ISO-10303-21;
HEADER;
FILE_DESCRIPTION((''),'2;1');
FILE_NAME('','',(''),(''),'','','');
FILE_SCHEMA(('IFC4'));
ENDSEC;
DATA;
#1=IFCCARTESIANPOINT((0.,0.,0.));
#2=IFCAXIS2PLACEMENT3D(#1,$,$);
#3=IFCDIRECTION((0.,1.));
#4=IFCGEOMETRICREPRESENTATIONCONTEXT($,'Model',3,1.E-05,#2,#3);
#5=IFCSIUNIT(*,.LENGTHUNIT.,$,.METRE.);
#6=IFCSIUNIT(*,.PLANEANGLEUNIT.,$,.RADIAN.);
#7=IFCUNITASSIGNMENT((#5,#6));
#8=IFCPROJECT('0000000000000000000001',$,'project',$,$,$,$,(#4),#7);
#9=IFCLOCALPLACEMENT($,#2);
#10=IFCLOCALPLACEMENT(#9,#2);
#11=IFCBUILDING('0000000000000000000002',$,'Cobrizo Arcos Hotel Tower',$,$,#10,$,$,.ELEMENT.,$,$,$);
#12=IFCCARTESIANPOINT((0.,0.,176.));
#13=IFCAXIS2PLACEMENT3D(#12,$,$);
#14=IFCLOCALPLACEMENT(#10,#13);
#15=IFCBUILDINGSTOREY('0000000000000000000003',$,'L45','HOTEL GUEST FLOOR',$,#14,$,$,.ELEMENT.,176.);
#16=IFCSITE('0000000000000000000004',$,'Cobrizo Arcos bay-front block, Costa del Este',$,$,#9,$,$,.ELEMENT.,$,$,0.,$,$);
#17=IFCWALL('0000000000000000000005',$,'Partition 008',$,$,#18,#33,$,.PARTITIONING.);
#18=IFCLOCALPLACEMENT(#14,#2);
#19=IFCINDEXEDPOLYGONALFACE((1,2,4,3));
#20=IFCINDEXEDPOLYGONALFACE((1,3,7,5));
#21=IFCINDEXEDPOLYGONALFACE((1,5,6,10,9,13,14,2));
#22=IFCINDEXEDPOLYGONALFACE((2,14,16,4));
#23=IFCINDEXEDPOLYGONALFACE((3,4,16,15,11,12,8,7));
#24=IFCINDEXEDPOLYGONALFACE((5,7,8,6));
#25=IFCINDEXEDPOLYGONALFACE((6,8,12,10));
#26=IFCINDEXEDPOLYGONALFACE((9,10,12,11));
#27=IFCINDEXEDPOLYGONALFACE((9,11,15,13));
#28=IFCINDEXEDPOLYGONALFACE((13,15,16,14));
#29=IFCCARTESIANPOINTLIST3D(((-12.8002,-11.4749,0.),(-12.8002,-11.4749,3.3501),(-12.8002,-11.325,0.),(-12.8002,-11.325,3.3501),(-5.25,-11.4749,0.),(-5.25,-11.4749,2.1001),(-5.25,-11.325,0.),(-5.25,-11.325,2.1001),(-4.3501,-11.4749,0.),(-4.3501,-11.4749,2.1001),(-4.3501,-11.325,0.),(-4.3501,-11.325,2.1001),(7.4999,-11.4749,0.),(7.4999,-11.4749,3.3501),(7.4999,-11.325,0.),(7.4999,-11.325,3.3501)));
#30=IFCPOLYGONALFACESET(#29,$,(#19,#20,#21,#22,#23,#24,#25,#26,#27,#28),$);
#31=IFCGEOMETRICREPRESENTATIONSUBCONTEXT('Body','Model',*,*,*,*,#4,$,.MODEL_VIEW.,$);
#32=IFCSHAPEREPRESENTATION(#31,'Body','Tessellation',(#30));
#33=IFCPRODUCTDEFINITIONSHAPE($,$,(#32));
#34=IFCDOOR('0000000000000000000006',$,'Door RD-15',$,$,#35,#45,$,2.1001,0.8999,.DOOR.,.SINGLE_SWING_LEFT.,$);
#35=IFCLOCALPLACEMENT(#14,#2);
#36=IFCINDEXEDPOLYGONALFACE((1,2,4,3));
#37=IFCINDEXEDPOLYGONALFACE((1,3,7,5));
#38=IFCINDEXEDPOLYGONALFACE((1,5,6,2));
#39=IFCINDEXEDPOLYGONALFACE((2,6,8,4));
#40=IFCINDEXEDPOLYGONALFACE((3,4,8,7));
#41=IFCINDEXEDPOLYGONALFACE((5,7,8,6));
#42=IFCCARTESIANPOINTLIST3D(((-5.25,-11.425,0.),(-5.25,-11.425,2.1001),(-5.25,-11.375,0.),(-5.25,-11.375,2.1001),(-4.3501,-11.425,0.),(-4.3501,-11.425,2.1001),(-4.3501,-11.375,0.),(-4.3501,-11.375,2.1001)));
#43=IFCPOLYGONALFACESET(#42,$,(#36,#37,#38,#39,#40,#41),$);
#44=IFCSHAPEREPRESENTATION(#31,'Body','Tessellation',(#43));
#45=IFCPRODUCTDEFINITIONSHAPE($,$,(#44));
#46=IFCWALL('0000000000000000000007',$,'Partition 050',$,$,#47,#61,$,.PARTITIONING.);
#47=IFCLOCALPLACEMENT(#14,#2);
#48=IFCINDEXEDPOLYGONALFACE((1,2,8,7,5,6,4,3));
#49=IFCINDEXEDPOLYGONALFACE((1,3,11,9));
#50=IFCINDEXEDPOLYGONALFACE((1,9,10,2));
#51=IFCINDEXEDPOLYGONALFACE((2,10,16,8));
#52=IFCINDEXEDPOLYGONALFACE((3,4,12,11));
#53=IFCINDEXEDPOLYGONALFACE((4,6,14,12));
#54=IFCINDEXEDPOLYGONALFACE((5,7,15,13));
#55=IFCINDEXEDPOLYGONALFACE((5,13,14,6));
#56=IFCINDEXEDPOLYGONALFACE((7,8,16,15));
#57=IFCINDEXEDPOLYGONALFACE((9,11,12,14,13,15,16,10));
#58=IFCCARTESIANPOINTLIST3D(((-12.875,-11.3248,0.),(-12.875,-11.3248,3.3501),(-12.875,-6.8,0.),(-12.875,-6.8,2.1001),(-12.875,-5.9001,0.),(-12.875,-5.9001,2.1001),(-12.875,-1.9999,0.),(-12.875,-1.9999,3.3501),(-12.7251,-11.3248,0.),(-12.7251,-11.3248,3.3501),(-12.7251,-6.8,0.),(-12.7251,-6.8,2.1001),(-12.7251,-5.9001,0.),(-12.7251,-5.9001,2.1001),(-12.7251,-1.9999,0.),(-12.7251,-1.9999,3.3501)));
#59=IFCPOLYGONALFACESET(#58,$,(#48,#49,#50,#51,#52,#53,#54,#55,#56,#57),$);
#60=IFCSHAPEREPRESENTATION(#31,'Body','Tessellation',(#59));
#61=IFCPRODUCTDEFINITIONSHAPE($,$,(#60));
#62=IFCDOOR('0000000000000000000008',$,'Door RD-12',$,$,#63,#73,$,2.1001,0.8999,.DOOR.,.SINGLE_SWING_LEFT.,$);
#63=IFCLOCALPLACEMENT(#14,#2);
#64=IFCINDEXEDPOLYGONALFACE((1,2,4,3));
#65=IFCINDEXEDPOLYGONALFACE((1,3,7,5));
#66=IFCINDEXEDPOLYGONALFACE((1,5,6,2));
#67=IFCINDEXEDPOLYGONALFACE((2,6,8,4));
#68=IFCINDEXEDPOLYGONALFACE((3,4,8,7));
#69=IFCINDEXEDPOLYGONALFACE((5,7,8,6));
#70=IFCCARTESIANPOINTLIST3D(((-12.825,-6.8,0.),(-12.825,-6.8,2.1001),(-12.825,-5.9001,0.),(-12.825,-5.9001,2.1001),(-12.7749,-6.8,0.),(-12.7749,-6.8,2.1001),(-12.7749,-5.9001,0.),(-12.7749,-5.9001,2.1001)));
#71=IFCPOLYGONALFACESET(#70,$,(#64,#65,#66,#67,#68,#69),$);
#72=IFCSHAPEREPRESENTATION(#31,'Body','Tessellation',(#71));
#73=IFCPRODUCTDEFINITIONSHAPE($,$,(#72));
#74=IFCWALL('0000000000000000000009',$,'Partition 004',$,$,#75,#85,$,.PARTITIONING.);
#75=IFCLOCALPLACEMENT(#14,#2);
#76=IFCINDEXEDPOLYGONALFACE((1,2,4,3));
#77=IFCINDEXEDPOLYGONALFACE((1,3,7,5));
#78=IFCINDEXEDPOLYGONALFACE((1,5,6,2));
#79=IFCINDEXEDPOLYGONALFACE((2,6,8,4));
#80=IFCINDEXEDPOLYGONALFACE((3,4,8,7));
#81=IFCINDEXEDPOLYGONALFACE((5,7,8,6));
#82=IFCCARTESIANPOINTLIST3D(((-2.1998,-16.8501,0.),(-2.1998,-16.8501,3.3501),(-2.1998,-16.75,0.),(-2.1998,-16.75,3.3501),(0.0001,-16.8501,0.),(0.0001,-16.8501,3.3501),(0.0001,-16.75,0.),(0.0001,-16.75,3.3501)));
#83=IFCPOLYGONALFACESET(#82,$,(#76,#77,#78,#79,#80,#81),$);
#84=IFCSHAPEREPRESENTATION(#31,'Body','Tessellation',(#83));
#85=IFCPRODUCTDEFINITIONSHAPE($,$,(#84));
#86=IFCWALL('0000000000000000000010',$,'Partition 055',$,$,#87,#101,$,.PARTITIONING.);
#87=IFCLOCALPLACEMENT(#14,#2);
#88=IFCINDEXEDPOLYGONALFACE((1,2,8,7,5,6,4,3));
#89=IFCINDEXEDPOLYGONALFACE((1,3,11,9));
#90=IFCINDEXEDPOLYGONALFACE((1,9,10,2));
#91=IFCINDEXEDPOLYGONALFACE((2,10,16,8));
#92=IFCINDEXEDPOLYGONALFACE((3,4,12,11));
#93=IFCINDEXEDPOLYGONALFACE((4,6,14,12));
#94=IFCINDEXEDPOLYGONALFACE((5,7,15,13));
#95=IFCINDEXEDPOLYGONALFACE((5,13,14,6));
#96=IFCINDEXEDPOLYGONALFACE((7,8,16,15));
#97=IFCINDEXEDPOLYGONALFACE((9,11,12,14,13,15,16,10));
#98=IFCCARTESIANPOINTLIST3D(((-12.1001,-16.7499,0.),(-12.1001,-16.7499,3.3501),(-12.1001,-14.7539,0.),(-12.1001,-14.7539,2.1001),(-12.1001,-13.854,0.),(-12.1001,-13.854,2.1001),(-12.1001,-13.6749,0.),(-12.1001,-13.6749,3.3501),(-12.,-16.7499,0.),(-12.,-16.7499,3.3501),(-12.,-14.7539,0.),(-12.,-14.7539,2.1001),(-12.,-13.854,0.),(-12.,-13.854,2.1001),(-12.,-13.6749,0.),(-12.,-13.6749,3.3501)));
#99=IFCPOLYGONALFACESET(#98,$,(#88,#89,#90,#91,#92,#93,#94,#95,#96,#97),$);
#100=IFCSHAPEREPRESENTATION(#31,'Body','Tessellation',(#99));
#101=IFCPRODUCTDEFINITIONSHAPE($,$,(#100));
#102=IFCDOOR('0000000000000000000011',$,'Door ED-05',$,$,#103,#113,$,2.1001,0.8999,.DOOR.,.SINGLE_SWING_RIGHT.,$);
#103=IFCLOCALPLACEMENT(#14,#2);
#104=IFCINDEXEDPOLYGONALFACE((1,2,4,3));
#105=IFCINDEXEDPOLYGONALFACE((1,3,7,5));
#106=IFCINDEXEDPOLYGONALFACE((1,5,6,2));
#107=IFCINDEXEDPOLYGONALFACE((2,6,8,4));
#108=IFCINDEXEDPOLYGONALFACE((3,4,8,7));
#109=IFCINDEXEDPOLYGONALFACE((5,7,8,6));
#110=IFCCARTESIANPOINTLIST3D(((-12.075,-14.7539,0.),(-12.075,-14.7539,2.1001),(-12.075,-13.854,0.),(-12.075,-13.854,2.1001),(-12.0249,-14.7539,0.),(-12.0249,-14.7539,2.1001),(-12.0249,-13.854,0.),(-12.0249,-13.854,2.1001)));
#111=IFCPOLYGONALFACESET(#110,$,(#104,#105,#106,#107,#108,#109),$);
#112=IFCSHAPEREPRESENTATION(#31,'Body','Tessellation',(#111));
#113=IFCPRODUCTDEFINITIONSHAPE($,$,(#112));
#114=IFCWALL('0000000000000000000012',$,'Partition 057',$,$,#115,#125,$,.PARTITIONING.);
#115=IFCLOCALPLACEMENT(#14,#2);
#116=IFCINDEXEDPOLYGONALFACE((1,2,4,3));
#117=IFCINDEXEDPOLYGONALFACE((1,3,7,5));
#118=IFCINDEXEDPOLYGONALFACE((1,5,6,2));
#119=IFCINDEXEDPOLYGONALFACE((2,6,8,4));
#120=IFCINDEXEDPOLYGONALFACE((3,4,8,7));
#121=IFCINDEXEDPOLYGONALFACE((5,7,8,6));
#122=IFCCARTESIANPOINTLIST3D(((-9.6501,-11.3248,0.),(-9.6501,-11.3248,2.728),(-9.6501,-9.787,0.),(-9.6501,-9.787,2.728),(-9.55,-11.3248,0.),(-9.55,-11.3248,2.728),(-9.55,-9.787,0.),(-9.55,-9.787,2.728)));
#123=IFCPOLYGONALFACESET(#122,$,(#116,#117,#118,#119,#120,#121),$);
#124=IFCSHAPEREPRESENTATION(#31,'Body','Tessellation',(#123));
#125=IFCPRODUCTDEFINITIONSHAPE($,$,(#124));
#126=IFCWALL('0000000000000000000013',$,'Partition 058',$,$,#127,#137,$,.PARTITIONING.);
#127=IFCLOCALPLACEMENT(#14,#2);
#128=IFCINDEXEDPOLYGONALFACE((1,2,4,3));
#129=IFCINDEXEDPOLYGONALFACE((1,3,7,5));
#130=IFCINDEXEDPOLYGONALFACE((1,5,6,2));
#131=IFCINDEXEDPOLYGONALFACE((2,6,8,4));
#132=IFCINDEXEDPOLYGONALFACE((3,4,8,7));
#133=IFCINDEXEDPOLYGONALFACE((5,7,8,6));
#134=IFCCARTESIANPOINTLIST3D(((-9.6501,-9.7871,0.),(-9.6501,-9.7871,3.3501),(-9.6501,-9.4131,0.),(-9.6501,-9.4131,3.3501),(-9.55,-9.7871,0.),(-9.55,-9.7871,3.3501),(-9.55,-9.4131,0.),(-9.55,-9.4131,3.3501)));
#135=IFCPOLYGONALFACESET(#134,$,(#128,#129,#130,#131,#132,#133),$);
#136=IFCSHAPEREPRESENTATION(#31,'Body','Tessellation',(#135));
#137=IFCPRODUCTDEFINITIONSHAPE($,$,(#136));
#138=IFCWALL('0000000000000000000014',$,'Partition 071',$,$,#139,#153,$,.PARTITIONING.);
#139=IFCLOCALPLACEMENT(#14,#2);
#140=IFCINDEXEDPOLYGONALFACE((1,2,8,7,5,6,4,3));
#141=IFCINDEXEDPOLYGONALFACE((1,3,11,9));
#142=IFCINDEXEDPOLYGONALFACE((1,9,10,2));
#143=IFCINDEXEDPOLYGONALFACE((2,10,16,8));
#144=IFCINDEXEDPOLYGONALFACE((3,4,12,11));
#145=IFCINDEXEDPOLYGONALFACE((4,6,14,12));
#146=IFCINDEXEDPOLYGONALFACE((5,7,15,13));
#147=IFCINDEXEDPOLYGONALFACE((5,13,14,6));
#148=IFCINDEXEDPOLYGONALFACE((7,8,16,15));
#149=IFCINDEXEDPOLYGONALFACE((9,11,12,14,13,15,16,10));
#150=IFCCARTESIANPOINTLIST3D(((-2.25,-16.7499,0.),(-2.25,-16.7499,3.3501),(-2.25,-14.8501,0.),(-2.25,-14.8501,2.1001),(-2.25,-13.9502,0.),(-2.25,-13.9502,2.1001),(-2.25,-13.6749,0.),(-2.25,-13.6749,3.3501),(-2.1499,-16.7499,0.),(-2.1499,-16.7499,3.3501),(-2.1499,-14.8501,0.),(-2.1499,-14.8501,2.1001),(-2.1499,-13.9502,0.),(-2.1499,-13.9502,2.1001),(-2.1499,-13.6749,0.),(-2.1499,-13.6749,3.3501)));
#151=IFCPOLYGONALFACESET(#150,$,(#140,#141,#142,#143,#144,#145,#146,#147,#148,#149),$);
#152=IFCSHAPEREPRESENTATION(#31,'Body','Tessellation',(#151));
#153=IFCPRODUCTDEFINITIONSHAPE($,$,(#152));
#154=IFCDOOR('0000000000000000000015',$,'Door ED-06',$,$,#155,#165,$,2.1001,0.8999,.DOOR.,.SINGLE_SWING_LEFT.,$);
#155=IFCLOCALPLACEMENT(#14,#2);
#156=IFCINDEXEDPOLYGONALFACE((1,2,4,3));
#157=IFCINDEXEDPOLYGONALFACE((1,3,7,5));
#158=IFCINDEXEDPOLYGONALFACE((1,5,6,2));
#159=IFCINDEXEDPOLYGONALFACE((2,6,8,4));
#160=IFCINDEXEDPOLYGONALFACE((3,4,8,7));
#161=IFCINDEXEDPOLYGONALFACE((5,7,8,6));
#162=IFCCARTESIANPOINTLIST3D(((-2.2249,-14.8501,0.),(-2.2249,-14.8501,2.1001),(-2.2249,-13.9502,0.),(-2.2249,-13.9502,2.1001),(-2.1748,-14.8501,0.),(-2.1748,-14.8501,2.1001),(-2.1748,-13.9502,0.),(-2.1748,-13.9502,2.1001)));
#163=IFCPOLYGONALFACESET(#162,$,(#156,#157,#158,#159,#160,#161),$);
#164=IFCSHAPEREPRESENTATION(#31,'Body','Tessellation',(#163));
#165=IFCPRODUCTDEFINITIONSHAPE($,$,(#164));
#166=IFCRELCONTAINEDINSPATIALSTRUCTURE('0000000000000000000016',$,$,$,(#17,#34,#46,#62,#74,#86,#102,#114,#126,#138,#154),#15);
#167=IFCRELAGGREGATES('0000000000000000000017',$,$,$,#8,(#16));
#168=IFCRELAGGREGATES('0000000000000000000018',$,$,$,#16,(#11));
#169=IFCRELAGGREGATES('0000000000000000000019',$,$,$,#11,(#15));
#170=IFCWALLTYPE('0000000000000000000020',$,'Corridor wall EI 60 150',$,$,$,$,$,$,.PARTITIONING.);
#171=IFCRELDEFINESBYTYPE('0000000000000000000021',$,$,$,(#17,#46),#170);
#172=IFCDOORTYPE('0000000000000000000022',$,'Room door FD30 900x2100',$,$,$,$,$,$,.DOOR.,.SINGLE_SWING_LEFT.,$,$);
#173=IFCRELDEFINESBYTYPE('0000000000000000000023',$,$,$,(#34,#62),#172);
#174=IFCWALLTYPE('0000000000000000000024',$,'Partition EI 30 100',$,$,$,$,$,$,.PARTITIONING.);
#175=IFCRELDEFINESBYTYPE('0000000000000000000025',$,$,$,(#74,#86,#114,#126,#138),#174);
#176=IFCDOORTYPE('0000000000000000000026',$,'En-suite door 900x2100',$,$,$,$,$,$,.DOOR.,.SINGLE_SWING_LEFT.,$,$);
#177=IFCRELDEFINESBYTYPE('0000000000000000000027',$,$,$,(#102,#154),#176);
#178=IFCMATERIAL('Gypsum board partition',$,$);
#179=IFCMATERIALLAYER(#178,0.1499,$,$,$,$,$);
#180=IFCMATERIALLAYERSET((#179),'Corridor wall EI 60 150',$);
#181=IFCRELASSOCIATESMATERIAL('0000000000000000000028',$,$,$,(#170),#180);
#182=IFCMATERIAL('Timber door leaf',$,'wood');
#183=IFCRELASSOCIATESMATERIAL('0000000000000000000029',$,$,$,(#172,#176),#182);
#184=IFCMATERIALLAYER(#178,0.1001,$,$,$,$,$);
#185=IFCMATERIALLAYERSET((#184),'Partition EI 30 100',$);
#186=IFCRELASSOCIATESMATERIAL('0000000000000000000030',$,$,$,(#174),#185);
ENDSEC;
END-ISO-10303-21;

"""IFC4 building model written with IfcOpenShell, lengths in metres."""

from ifc_helpers import new_model, si_unit, direction, frame, frame_2d, origin, place, context, subcontext, project, spatial, rectangle, extrude, material, layer, layer_set, type_object, element, fill, save


model = new_model("IFC4")

# Units and contexts
model_context = context("Model", 3, precision=1e-05, world=origin(), true_north=direction((0.0, 1.0)))
body_context = subcontext(model_context, "Body", "Model", "MODEL_VIEW")
ifc_project = project(units=[si_unit("LENGTHUNIT", "METRE"), si_unit("PLANEANGLEUNIT", "RADIAN")], contexts=[model_context])

# Site, building, storey
site_placement = place(None, origin())
site = spatial("IfcSite", under=ifc_project, at=site_placement, Name="Cobrizo Arcos bay-front block, Costa del Este", CompositionType="ELEMENT", RefElevation=0.0)
building_placement = place(site_placement, origin())
building = spatial("IfcBuilding", under=site, at=building_placement, Name="Cobrizo Arcos Hotel Tower", CompositionType="ELEMENT")
storey_placement = place(building_placement, frame((0.0, 0.0, 176.0)))
storey = spatial("IfcBuildingStorey", under=building, at=storey_placement, Name="L45", Description="HOTEL GUEST FLOOR", CompositionType="ELEMENT", Elevation=176.0)

# Walls, openings, doors
ifc_material_1 = material(Name="Gypsum board partition")
ifc_layer_1 = layer(ifc_material_1, 0.1499)
ifc_layer_set_1 = layer_set([ifc_layer_1], Name="Corridor wall EI 60 150")
wall_type_1 = type_object("IfcWallType", Name="Corridor wall EI 60 150", PredefinedType="PARTITIONING", material=ifc_layer_set_1)
wall_1_placement = place(storey_placement, frame((-12.8, -11.3999, 0.0), z_axis=(0.0, 0.0, 1.0), x_axis=(1.0, 0.0, 0.0)))
wall_1 = element("IfcWall", 1, at=wall_1_placement, inside=storey, type_object=wall_type_1, Name="Partition 008", PredefinedType="PARTITIONING", context=body_context, shape_type="SweptSolid", body=[
    extrude(rectangle(XDim=20.3, YDim=0.1499, at=frame_2d((10.1499, 0.0))), origin(), (0.0, 0.0, 1.0), 3.3501),
])
opening_1_placement = place(wall_1_placement, frame((7.55, 0.0, 0.0)))
opening_1 = element("IfcOpeningElement", 2, at=opening_1_placement, cuts=wall_1, PredefinedType="OPENING", context=body_context, shape_type="SweptSolid", body=[
    extrude(rectangle(XDim=0.8999, YDim=2.1001, at=frame_2d((0.45, 1.05))), frame((0.0, 0.0869, 0.0), z_axis=(0.0, -1.0, 0.0), x_axis=(1.0, 0.0, 0.0)), (0.0, 0.0, 1.0), 0.1738),
])
ifc_material_2 = material(Name="Timber door leaf", Category="wood")
door_type_1 = type_object("IfcDoorType", Name="Room door FD30 900x2100", OperationType="SINGLE_SWING_LEFT", PredefinedType="DOOR", material=ifc_material_2)
door_1_placement = place(opening_1_placement, origin())
door_1 = element("IfcDoor", 3, at=door_1_placement, inside=storey, type_object=door_type_1, Name="Door RD-15", OperationType="SINGLE_SWING_LEFT", OverallHeight=2.1001, OverallWidth=0.8999, PredefinedType="DOOR", context=body_context, shape_type="SweptSolid", body=[
    extrude(rectangle(XDim=0.8999, YDim=2.1001, at=frame_2d((0.45, 1.05))), frame((0.0, 0.0249, 0.0), z_axis=(0.0, -1.0, 0.0), x_axis=(1.0, 0.0, 0.0)), (0.0, 0.0, 1.0), 0.05),
])
fill(opening_1, door_1)
wall_2_placement = place(storey_placement, frame((-12.8, -11.325, 0.0), z_axis=(0.0, 0.0, 1.0), x_axis=(0.0, 1.0, 0.0)))
wall_2 = element("IfcWall", 4, at=wall_2_placement, inside=storey, type_object=wall_type_1, Name="Partition 050", PredefinedType="PARTITIONING", context=body_context, shape_type="SweptSolid", body=[
    extrude(rectangle(XDim=9.325, YDim=0.1499, at=frame_2d((4.6626, 0.0))), origin(), (0.0, 0.0, 1.0), 3.3501),
])
opening_2_placement = place(wall_2_placement, frame((4.5249, 0.0, 0.0)))
opening_2 = element("IfcOpeningElement", 5, at=opening_2_placement, cuts=wall_2, PredefinedType="OPENING", context=body_context, shape_type="SweptSolid", body=[
    extrude(rectangle(XDim=0.8999, YDim=2.1001, at=frame_2d((0.45, 1.05))), frame((0.0, 0.0869, 0.0), z_axis=(0.0, -1.0, 0.0), x_axis=(1.0, 0.0, 0.0)), (0.0, 0.0, 1.0), 0.1738),
])
door_2_placement = place(opening_2_placement, origin())
door_2 = element("IfcDoor", 6, at=door_2_placement, inside=storey, type_object=door_type_1, Name="Door RD-12", OperationType="SINGLE_SWING_LEFT", OverallHeight=2.1001, OverallWidth=0.8999, PredefinedType="DOOR", context=body_context, shape_type="SweptSolid", body=[
    extrude(rectangle(XDim=0.8999, YDim=2.1001, at=frame_2d((0.45, 1.05))), frame((0.0, 0.0249, 0.0), z_axis=(0.0, -1.0, 0.0), x_axis=(1.0, 0.0, 0.0)), (0.0, 0.0, 1.0), 0.05),
])
fill(opening_2, door_2)

# Wall
ifc_layer_2 = layer(ifc_material_1, 0.1001)
ifc_layer_set_2 = layer_set([ifc_layer_2], Name="Partition EI 30 100")
wall_type_2 = type_object("IfcWallType", Name="Partition EI 30 100", PredefinedType="PARTITIONING", material=ifc_layer_set_2)
wall_3_placement = place(storey_placement, frame((-2.2, -16.8, 0.0), z_axis=(0.0, 0.0, 1.0), x_axis=(1.0, 0.0, 0.0)))
element("IfcWall", 7, at=wall_3_placement, inside=storey, type_object=wall_type_2, Name="Partition 004", PredefinedType="PARTITIONING", context=body_context, shape_type="SweptSolid", body=[
    extrude(rectangle(XDim=2.2, YDim=0.1001, at=frame_2d((1.1001, 0.0))), origin(), (0.0, 0.0, 1.0), 3.3501),
])

# Wall, opening, door
wall_4_placement = place(storey_placement, frame((-12.05, -16.75, 0.0), z_axis=(0.0, 0.0, 1.0), x_axis=(0.0, 1.0, 0.0)))
wall_4 = element("IfcWall", 8, at=wall_4_placement, inside=storey, type_object=wall_type_2, Name="Partition 055", PredefinedType="PARTITIONING", context=body_context, shape_type="SweptSolid", body=[
    extrude(rectangle(XDim=3.075, YDim=0.1001, at=frame_2d((1.5376, 0.0))), origin(), (0.0, 0.0, 1.0), 3.3501),
])
opening_3_placement = place(wall_4_placement, frame((1.9961, 0.0, 0.0)))
opening_3 = element("IfcOpeningElement", 9, at=opening_3_placement, cuts=wall_4, PredefinedType="OPENING", context=body_context, shape_type="SweptSolid", body=[
    extrude(rectangle(XDim=0.8999, YDim=2.1001, at=frame_2d((0.45, 1.05))), frame((0.0, 0.062, 0.0), z_axis=(0.0, -1.0, 0.0), x_axis=(1.0, 0.0, 0.0)), (0.0, 0.0, 1.0), 0.124),
])
door_type_2 = type_object("IfcDoorType", Name="En-suite door 900x2100", OperationType="SINGLE_SWING_LEFT", PredefinedType="DOOR", material=ifc_material_2)
door_3_placement = place(opening_3_placement, origin())
door_3 = element("IfcDoor", 10, at=door_3_placement, inside=storey, type_object=door_type_2, Name="Door ED-05", OperationType="SINGLE_SWING_RIGHT", OverallHeight=2.1001, OverallWidth=0.8999, PredefinedType="DOOR", context=body_context, shape_type="SweptSolid", body=[
    extrude(rectangle(XDim=0.8999, YDim=2.1001, at=frame_2d((0.45, 1.05))), frame((0.0, 0.0249, 0.0), z_axis=(0.0, -1.0, 0.0), x_axis=(1.0, 0.0, 0.0)), (0.0, 0.0, 1.0), 0.05),
])
fill(opening_3, door_3)

# Walls
wall_5_placement = place(storey_placement, frame((-9.6001, -11.325, 0.0), z_axis=(0.0, 0.0, 1.0), x_axis=(0.0, 1.0, 0.0)))
element("IfcWall", 11, at=wall_5_placement, inside=storey, type_object=wall_type_2, Name="Partition 057", PredefinedType="PARTITIONING", context=body_context, shape_type="SweptSolid", body=[
    extrude(rectangle(XDim=1.5378, YDim=0.1001, at=frame_2d((0.769, 0.0))), origin(), (0.0, 0.0, 1.0), 2.728),
])
wall_6_placement = place(storey_placement, frame((-9.6001, -9.7871, 0.0), z_axis=(0.0, 0.0, 1.0), x_axis=(0.0, 1.0, 0.0)))
element("IfcWall", 12, at=wall_6_placement, inside=storey, type_object=wall_type_2, Name="Partition 058", PredefinedType="PARTITIONING", context=body_context, shape_type="SweptSolid", body=[
    extrude(rectangle(XDim=0.374, YDim=0.1001, at=frame_2d((0.187, 0.0))), origin(), (0.0, 0.0, 1.0), 3.3501),
])

# Wall, opening, door
wall_7_placement = place(storey_placement, frame((-2.2, -16.75, 0.0), z_axis=(0.0, 0.0, 1.0), x_axis=(0.0, 1.0, 0.0)))
wall_7 = element("IfcWall", 13, at=wall_7_placement, inside=storey, type_object=wall_type_2, Name="Partition 071", PredefinedType="PARTITIONING", context=body_context, shape_type="SweptSolid", body=[
    extrude(rectangle(XDim=3.075, YDim=0.1001, at=frame_2d((1.5376, 0.0))), origin(), (0.0, 0.0, 1.0), 3.3501),
])
opening_4_placement = place(wall_7_placement, frame((1.8999, 0.0, 0.0)))
opening_4 = element("IfcOpeningElement", 14, at=opening_4_placement, cuts=wall_7, PredefinedType="OPENING", context=body_context, shape_type="SweptSolid", body=[
    extrude(rectangle(XDim=0.8999, YDim=2.1001, at=frame_2d((0.45, 1.05))), frame((0.0, 0.062, 0.0), z_axis=(0.0, -1.0, 0.0), x_axis=(1.0, 0.0, 0.0)), (0.0, 0.0, 1.0), 0.124),
])
door_4_placement = place(opening_4_placement, origin())
door_4 = element("IfcDoor", 15, at=door_4_placement, inside=storey, type_object=door_type_2, Name="Door ED-06", OperationType="SINGLE_SWING_LEFT", OverallHeight=2.1001, OverallWidth=0.8999, PredefinedType="DOOR", context=body_context, shape_type="SweptSolid", body=[
    extrude(rectangle(XDim=0.8999, YDim=2.1001, at=frame_2d((0.45, 1.05))), frame((0.0, 0.0249, 0.0), z_axis=(0.0, -1.0, 0.0), x_axis=(1.0, 0.0, 0.0)), (0.0, 0.0, 1.0), 0.05),
])
fill(opening_4, door_4)

save(model, "model.ifc")
